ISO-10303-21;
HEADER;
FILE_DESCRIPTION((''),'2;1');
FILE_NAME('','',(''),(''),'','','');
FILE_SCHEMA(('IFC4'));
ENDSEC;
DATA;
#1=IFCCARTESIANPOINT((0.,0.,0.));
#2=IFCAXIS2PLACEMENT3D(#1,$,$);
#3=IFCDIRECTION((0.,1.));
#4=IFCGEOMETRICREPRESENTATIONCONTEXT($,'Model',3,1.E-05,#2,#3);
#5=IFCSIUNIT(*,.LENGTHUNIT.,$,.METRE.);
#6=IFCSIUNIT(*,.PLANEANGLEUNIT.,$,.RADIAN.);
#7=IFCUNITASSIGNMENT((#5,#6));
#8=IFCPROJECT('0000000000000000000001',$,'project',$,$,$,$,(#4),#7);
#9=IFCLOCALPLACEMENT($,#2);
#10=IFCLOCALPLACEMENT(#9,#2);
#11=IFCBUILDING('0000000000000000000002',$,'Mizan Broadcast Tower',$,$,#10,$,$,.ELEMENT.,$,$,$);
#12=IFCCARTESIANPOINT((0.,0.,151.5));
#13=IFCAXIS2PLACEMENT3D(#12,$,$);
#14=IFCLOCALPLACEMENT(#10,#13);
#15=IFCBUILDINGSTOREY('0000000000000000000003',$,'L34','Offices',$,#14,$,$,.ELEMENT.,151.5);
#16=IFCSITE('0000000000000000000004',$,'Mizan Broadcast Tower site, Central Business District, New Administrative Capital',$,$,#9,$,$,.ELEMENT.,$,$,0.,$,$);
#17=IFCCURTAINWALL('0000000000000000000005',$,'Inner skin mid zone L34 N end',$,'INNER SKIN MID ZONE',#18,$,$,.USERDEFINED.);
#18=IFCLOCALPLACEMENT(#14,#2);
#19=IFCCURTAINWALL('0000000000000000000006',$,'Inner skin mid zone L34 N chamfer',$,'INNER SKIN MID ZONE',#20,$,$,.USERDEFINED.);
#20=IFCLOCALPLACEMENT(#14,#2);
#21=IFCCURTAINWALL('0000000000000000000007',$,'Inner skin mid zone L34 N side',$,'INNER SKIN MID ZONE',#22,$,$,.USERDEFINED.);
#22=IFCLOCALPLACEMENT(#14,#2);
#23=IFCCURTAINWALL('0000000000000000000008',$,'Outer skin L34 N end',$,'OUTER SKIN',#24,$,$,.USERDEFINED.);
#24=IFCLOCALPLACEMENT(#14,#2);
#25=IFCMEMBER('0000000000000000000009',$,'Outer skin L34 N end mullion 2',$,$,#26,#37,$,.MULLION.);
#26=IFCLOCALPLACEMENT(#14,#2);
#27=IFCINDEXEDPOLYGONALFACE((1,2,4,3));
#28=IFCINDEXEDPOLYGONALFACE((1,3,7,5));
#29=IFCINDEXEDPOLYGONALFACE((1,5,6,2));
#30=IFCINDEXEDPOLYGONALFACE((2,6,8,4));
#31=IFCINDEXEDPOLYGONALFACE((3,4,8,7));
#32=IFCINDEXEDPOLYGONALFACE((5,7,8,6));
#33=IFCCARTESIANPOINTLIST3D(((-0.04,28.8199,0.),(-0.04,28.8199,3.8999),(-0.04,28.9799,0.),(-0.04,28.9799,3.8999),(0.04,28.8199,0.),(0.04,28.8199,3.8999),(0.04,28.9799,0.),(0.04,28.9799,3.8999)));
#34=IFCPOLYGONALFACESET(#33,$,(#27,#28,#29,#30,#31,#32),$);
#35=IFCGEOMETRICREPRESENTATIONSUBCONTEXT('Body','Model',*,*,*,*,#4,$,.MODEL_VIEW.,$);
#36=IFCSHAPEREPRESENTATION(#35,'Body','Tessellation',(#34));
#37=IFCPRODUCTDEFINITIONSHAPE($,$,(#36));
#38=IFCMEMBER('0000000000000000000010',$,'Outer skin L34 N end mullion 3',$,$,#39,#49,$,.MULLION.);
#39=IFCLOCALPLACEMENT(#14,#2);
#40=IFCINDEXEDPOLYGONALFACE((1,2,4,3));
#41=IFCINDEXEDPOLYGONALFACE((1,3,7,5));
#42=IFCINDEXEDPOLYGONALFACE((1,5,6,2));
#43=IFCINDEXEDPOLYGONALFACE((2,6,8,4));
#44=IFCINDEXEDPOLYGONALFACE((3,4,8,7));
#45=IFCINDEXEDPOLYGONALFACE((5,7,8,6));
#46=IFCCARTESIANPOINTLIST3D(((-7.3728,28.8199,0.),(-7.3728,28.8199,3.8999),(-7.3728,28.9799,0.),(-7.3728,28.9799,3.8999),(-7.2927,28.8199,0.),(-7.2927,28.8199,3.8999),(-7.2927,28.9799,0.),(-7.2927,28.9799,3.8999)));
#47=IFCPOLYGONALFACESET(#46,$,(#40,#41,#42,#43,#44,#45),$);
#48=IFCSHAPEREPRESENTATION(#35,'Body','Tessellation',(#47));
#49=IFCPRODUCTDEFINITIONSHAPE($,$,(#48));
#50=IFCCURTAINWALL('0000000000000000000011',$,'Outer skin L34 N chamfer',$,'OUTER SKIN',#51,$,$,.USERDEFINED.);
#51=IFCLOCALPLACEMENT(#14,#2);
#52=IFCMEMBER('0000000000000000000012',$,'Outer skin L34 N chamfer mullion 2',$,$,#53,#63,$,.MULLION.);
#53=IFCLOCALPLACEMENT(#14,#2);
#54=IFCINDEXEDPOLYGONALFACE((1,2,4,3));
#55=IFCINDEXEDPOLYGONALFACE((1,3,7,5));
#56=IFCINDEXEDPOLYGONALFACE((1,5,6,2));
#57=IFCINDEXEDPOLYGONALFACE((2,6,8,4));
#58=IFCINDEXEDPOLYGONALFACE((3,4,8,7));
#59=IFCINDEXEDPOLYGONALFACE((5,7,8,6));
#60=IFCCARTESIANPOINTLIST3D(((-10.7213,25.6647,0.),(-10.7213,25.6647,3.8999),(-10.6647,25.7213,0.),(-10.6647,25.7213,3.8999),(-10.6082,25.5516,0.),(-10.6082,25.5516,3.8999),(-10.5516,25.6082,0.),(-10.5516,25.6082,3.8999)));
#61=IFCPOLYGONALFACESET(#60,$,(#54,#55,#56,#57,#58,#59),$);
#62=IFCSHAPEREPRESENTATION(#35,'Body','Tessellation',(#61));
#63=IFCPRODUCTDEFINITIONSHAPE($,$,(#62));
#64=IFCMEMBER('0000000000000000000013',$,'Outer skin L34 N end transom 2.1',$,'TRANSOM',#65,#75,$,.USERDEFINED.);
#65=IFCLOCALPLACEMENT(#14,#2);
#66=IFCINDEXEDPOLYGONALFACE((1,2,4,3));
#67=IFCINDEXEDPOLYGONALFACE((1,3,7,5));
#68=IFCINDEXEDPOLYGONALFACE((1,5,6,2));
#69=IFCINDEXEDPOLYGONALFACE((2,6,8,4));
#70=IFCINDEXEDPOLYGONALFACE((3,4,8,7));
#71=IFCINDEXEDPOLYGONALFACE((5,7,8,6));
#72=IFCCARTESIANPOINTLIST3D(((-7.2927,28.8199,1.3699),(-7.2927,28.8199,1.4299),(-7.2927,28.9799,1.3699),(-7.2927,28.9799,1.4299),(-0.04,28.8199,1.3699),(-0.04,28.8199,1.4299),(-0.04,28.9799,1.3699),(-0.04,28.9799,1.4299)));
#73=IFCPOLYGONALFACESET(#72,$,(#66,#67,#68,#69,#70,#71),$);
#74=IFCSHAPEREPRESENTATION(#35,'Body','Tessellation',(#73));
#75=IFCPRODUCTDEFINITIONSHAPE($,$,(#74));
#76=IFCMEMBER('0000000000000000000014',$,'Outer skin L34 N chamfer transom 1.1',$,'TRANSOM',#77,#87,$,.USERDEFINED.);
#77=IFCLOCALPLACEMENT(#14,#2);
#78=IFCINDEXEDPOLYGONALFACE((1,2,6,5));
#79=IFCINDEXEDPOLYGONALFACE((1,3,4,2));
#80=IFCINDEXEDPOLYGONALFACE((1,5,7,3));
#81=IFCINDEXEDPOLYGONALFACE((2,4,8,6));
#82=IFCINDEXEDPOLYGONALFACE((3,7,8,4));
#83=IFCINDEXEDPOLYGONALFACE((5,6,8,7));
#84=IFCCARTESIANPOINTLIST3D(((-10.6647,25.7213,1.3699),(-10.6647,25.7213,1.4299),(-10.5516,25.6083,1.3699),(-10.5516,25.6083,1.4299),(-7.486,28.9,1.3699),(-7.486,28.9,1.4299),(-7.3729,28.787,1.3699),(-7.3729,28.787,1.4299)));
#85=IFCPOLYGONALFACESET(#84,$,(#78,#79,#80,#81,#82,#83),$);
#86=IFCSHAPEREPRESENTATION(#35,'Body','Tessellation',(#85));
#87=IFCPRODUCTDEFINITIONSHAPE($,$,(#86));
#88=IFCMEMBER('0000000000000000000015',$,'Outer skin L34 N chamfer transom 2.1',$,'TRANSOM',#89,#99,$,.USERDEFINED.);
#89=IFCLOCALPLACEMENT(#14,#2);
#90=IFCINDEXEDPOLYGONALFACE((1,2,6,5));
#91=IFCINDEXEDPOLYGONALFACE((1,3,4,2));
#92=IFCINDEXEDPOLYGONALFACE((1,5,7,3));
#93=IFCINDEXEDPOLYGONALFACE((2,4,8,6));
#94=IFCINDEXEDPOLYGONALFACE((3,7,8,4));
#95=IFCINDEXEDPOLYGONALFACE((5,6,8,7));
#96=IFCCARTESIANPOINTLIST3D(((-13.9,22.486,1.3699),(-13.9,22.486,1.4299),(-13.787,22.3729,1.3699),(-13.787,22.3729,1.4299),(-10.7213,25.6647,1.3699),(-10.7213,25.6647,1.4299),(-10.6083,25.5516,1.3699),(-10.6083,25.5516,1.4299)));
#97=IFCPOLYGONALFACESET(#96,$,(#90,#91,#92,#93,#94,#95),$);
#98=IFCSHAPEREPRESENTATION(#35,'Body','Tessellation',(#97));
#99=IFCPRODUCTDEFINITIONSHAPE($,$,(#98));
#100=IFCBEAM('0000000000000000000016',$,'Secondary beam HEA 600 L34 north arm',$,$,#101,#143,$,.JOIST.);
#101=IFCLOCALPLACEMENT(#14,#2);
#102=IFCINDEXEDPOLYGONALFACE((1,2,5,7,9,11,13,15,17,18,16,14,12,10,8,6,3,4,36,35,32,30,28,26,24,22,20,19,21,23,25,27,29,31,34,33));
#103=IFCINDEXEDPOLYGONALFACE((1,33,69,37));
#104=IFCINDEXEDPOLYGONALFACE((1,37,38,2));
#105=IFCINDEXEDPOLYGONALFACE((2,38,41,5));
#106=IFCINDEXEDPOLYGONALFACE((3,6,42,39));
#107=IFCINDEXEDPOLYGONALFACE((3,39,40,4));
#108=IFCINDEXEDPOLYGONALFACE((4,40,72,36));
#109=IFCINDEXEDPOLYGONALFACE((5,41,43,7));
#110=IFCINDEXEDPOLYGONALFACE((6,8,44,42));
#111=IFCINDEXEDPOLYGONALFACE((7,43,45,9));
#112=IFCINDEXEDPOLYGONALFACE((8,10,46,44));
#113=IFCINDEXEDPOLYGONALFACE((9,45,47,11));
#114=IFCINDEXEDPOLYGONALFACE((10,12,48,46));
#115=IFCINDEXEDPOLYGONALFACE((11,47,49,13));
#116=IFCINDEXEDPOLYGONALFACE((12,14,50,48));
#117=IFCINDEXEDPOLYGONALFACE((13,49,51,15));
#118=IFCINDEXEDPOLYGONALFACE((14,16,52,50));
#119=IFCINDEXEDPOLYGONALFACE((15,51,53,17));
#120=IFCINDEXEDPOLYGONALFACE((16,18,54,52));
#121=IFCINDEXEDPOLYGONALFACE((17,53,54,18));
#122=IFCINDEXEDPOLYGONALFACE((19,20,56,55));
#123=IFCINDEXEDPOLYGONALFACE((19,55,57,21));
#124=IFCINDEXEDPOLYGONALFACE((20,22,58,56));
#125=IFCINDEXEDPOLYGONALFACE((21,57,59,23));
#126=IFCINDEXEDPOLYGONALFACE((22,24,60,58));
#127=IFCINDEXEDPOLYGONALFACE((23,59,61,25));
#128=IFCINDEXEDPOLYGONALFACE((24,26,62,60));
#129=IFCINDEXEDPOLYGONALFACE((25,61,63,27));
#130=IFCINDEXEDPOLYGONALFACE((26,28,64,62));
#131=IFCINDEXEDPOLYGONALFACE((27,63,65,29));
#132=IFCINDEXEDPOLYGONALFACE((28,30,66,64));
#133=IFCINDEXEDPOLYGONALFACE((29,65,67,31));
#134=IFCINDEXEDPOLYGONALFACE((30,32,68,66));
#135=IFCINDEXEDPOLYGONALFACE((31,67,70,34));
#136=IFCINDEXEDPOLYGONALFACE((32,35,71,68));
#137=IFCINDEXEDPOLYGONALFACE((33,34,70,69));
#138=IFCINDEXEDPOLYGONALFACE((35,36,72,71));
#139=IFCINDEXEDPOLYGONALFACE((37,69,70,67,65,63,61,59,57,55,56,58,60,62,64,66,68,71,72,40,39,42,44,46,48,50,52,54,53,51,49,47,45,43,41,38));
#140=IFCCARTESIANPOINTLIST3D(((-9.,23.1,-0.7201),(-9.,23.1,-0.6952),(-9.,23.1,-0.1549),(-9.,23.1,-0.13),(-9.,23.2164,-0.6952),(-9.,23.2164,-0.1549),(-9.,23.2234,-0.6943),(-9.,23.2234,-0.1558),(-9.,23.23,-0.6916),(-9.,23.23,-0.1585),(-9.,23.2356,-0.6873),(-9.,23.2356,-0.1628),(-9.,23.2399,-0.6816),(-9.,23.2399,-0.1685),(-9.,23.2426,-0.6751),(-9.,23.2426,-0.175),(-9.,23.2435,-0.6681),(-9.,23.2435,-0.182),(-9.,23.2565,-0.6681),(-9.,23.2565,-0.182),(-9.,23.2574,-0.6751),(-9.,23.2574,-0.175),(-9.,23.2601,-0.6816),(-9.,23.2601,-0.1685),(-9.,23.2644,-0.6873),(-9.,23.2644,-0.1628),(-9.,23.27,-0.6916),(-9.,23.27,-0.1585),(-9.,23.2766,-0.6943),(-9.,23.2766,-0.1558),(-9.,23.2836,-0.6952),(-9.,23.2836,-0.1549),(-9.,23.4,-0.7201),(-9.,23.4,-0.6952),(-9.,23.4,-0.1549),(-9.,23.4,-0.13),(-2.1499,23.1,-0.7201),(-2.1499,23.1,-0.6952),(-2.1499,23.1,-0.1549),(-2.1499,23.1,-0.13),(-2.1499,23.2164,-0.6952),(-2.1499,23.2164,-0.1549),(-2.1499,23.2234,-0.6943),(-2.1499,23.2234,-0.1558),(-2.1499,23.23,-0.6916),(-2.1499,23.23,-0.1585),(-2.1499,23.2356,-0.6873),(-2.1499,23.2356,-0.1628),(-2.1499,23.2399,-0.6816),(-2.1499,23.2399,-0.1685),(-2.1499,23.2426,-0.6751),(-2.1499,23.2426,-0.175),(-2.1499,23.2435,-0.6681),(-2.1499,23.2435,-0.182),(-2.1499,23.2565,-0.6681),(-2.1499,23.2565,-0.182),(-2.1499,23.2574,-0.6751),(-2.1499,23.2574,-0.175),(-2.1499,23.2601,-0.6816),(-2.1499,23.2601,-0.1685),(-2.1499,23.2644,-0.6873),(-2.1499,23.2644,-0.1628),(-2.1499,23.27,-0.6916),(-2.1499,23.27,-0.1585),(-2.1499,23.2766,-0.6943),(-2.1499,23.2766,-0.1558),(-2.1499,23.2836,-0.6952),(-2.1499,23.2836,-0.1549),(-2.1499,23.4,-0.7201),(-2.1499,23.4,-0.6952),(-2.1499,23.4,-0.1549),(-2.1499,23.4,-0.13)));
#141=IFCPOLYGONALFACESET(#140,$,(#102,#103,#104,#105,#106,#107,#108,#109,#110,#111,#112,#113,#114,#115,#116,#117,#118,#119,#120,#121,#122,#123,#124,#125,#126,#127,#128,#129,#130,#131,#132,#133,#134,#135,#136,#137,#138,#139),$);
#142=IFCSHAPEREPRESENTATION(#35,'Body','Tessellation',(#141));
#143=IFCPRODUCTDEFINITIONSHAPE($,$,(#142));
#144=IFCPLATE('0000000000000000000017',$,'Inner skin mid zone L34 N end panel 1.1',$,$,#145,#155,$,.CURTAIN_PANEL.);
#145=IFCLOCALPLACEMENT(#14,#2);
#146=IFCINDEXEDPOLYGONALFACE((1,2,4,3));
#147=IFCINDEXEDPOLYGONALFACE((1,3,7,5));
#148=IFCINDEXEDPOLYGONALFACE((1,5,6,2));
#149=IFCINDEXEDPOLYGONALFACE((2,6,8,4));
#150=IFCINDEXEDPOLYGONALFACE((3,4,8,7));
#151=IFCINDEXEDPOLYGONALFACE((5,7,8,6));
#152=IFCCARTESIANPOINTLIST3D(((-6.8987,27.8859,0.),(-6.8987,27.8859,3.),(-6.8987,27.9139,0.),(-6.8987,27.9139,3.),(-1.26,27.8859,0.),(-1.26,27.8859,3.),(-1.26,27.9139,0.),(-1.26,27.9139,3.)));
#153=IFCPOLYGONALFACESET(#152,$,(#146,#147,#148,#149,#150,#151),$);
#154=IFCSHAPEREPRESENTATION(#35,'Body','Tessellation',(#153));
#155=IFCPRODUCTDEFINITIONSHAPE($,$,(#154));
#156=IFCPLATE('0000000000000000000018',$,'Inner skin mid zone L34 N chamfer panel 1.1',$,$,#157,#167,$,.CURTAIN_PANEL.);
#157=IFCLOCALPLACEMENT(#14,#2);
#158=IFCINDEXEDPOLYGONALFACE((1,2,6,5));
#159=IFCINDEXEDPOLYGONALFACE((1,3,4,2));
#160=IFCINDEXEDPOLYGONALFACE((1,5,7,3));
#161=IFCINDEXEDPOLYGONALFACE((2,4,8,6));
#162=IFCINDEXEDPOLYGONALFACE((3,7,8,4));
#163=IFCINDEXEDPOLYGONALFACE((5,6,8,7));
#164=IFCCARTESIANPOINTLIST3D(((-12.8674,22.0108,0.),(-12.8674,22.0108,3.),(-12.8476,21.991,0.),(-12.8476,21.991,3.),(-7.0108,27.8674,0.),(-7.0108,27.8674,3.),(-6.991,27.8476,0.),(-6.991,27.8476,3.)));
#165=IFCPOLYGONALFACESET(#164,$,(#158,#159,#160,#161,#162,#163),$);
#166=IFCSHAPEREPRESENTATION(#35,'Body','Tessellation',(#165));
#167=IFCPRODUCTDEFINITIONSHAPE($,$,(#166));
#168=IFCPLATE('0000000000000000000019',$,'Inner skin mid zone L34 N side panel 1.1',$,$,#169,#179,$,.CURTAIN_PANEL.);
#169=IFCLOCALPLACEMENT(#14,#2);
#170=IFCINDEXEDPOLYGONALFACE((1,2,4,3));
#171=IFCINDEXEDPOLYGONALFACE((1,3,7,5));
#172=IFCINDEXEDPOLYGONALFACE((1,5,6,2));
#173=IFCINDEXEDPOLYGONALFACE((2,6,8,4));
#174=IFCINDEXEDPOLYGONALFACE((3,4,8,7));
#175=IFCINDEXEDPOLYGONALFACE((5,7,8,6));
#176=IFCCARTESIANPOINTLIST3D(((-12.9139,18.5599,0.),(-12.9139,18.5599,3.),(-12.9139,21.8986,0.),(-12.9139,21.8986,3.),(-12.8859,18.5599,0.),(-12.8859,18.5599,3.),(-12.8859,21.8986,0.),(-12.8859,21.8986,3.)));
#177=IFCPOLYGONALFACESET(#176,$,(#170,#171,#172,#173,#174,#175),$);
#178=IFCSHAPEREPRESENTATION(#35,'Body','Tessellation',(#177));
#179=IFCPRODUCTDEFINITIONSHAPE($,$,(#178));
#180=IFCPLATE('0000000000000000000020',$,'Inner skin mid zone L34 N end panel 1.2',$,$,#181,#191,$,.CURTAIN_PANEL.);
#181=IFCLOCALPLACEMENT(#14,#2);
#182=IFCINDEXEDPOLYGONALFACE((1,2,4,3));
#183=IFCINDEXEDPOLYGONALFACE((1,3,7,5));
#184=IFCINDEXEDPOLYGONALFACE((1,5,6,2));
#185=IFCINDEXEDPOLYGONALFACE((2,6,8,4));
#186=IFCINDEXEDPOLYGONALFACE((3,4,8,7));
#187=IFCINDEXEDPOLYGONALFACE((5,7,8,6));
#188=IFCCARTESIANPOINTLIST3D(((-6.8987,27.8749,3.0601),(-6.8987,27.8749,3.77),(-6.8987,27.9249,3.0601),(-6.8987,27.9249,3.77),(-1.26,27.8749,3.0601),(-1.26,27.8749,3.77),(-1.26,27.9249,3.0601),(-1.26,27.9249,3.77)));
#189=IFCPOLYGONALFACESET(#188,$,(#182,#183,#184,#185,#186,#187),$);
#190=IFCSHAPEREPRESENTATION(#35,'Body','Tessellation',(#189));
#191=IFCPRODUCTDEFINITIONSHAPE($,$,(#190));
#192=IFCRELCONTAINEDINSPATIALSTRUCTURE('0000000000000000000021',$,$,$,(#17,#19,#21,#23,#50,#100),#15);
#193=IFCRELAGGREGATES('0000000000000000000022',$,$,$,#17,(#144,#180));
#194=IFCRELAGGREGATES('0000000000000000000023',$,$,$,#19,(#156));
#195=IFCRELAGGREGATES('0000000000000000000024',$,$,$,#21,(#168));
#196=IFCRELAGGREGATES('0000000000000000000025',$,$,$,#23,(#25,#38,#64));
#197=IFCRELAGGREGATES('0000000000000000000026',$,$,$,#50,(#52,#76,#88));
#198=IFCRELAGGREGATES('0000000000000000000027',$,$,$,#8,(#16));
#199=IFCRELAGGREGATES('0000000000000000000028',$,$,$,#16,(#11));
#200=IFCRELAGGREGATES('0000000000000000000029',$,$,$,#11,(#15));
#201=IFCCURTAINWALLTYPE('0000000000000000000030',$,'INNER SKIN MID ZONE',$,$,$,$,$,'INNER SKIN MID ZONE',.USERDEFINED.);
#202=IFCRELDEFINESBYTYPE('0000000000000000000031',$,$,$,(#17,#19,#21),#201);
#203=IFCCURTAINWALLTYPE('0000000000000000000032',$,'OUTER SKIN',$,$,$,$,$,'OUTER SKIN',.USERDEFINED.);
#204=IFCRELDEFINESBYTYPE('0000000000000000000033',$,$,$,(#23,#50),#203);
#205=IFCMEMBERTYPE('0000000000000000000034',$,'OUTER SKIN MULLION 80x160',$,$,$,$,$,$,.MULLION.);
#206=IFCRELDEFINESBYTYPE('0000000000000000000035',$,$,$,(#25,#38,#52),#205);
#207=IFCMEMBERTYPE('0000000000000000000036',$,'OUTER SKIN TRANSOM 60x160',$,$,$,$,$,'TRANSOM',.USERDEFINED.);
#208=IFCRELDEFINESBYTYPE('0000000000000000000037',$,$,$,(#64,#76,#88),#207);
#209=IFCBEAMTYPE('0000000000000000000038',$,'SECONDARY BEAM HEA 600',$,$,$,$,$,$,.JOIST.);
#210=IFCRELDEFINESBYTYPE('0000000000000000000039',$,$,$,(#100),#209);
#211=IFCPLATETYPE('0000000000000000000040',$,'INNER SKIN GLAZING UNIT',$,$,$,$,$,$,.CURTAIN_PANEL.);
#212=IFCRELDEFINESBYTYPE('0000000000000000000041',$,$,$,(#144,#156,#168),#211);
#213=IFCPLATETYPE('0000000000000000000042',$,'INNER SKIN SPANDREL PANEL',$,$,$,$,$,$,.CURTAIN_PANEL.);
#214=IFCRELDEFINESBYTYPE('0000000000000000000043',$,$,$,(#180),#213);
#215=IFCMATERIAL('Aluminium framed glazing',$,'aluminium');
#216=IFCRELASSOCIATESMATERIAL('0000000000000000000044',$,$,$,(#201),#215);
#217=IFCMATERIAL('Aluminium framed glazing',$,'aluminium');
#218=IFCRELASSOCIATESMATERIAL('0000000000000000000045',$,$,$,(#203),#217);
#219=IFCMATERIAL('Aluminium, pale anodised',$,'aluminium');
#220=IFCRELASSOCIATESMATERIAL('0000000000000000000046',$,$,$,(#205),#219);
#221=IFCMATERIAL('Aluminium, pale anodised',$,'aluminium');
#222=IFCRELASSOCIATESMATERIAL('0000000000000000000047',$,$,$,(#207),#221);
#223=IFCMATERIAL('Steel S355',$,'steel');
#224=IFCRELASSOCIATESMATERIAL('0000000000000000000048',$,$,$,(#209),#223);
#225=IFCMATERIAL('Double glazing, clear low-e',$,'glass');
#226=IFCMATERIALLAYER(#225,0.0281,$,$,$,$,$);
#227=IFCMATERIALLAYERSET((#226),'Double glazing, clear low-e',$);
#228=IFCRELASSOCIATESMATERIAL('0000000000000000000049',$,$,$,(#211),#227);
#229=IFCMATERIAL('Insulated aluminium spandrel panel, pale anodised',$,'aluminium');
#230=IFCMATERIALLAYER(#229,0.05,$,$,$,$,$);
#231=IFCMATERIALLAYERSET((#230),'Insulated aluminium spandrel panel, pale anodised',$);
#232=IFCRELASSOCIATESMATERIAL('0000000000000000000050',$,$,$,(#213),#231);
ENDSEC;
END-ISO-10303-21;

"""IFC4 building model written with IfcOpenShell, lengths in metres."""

from ifc_helpers import new_model, si_unit, direction, frame, origin, origin_2d, place, context, subcontext, project, spatial, rectangle, i_section, extrude, material, layer, layer_set, material_profile, profile_set, type_object, element, aggregate, save


model = new_model("IFC4")

# Units and contexts
model_context = context("Model", 3, precision=1e-05, world=origin(), true_north=direction((0.0, 1.0)))
body_context = subcontext(model_context, "Body", "Model", "MODEL_VIEW")
ifc_project = project(units=[si_unit("LENGTHUNIT", "METRE"), si_unit("PLANEANGLEUNIT", "RADIAN")], contexts=[model_context])

# Site, building, storey
site_placement = place(None, origin())
site = spatial("IfcSite", under=ifc_project, at=site_placement, Name="Mizan Broadcast Tower site, Central Business District, New Administrative Capital", CompositionType="ELEMENT", RefElevation=0.0)
building_placement = place(site_placement, origin())
building = spatial("IfcBuilding", under=site, at=building_placement, Name="Mizan Broadcast Tower", CompositionType="ELEMENT")
storey_placement = place(building_placement, frame((0.0, 0.0, 151.5)))
storey = spatial("IfcBuildingStorey", under=building, at=storey_placement, Name="L34", Description="Offices", CompositionType="ELEMENT", Elevation=151.5)

# Curtain wall
ifc_material_1 = material(Name="Aluminium framed glazing", Category="aluminium")
curtain_wall_type_1 = type_object("IfcCurtainWallType", Name="INNER SKIN MID ZONE", ElementType="INNER SKIN MID ZONE", PredefinedType="USERDEFINED", material=ifc_material_1)
curtain_wall_1_placement = place(storey_placement, origin())
curtain_wall_1 = element("IfcCurtainWall", 1, at=curtain_wall_1_placement, inside=storey, type_object=curtain_wall_type_1, Name="Inner skin mid zone L34 N end", ObjectType="INNER SKIN MID ZONE", PredefinedType="USERDEFINED")

# Curtain wall
curtain_wall_2_placement = place(storey_placement, origin())
curtain_wall_2 = element("IfcCurtainWall", 2, at=curtain_wall_2_placement, inside=storey, type_object=curtain_wall_type_1, Name="Inner skin mid zone L34 N chamfer", ObjectType="INNER SKIN MID ZONE", PredefinedType="USERDEFINED")

# Curtain wall
curtain_wall_3_placement = place(storey_placement, origin())
curtain_wall_3 = element("IfcCurtainWall", 3, at=curtain_wall_3_placement, inside=storey, type_object=curtain_wall_type_1, Name="Inner skin mid zone L34 N side", ObjectType="INNER SKIN MID ZONE", PredefinedType="USERDEFINED")

# Curtain wall, members
ifc_material_2 = material(Name="Aluminium framed glazing", Category="aluminium")
curtain_wall_type_2 = type_object("IfcCurtainWallType", Name="OUTER SKIN", ElementType="OUTER SKIN", PredefinedType="USERDEFINED", material=ifc_material_2)
curtain_wall_4_placement = place(storey_placement, origin())
curtain_wall_4 = element("IfcCurtainWall", 4, at=curtain_wall_4_placement, inside=storey, type_object=curtain_wall_type_2, Name="Outer skin L34 N end", ObjectType="OUTER SKIN", PredefinedType="USERDEFINED")
ifc_material_3 = material(Name="Aluminium, pale anodised", Category="aluminium")
ifc_material_profile_1 = material_profile(ifc_material_3, rectangle(XDim=0.1599, YDim=0.0801, at=origin_2d()), Name="MULLION 160x80")
ifc_profile_set_1 = profile_set([ifc_material_profile_1], Name="Aluminium, pale anodised")
member_type_1 = type_object("IfcMemberType", Name="OUTER SKIN MULLION 80x160", PredefinedType="MULLION", material=ifc_profile_set_1)
member_1_placement = place(storey_placement, frame((0.0, 28.8999, 0.0), z_axis=(0.0, 0.0, 1.0), x_axis=(0.0, -1.0, 0.0)))
member_1 = element("IfcMember", 5, at=member_1_placement, type_object=member_type_1, Name="Outer skin L34 N end mullion 2", PredefinedType="MULLION", context=body_context, shape_type="SweptSolid", body=[
    extrude(rectangle(XDim=0.1599, YDim=0.0801, at=origin_2d()), origin(), (0.0, 0.0, 1.0), 3.8999),
])
member_2_placement = place(storey_placement, frame((-7.3328, 28.8999, 0.0), z_axis=(0.0, 0.0, 1.0), x_axis=(0.0, -1.0, 0.0)))
member_2 = element("IfcMember", 6, at=member_2_placement, type_object=member_type_1, Name="Outer skin L34 N end mullion 3", PredefinedType="MULLION", context=body_context, shape_type="SweptSolid", body=[
    extrude(rectangle(XDim=0.1599, YDim=0.0801, at=origin_2d()), origin(), (0.0, 0.0, 1.0), 3.8999),
])

# Curtain wall, member
curtain_wall_5_placement = place(storey_placement, origin())
curtain_wall_5 = element("IfcCurtainWall", 7, at=curtain_wall_5_placement, inside=storey, type_object=curtain_wall_type_2, Name="Outer skin L34 N chamfer", ObjectType="OUTER SKIN", PredefinedType="USERDEFINED")
member_3_placement = place(storey_placement, frame((-10.6365, 25.6365, 0.0), z_axis=(0.0, 0.0, 1.0), x_axis=(0.707107, -0.707107, 0.0)))
member_3 = element("IfcMember", 8, at=member_3_placement, type_object=member_type_1, Name="Outer skin L34 N chamfer mullion 2", PredefinedType="MULLION", context=body_context, shape_type="SweptSolid", body=[
    extrude(rectangle(XDim=0.1599, YDim=0.0801, at=origin_2d()), origin(), (0.0, 0.0, 1.0), 3.8999),
])

# Members
ifc_material_4 = material(Name="Aluminium, pale anodised", Category="aluminium")
ifc_material_profile_2 = material_profile(ifc_material_4, rectangle(XDim=0.1599, YDim=0.0601, at=origin_2d()), Name="TRANSOM 160x60")
ifc_profile_set_2 = profile_set([ifc_material_profile_2], Name="Aluminium, pale anodised")
member_type_2 = type_object("IfcMemberType", Name="OUTER SKIN TRANSOM 60x160", ElementType="TRANSOM", PredefinedType="USERDEFINED", material=ifc_profile_set_2)
member_4_placement = place(storey_placement, frame((-0.04, 28.8999, 1.3999), z_axis=(-1.0, 0.0, 0.0), x_axis=(0.0, -1.0, 0.0)))
member_4 = element("IfcMember", 9, at=member_4_placement, type_object=member_type_2, Name="Outer skin L34 N end transom 2.1", ObjectType="TRANSOM", PredefinedType="USERDEFINED", context=body_context, shape_type="SweptSolid", body=[
    extrude(rectangle(XDim=0.1599, YDim=0.0601, at=origin_2d()), origin(), (0.0, 0.0, 1.0), 7.2527),
])
member_5_placement = place(storey_placement, frame((-7.4294, 28.8435, 1.3999), z_axis=(-0.707107, -0.707107, 0.0), x_axis=(0.707107, -0.707107, 0.0)))
member_5 = element("IfcMember", 10, at=member_5_placement, type_object=member_type_2, Name="Outer skin L34 N chamfer transom 1.1", ObjectType="TRANSOM", PredefinedType="USERDEFINED", context=body_context, shape_type="SweptSolid", body=[
    extrude(rectangle(XDim=0.1599, YDim=0.0601, at=origin_2d()), origin(), (0.0, 0.0, 1.0), 4.4954),
])
member_6_placement = place(storey_placement, frame((-10.6648, 25.6082, 1.3999), z_axis=(-0.707107, -0.707107, 0.0), x_axis=(0.707107, -0.707107, 0.0)))
member_6 = element("IfcMember", 11, at=member_6_placement, type_object=member_type_2, Name="Outer skin L34 N chamfer transom 2.1", ObjectType="TRANSOM", PredefinedType="USERDEFINED", context=body_context, shape_type="SweptSolid", body=[
    extrude(rectangle(XDim=0.1599, YDim=0.0601, at=origin_2d()), origin(), (0.0, 0.0, 1.0), 4.4954),
])

# Beam
ifc_material_5 = material(Name="Steel S355", Category="steel")
ifc_material_profile_3 = material_profile(ifc_material_5, i_section(OverallWidth=0.3, OverallDepth=0.5901, WebThickness=0.0129, FlangeThickness=0.0249, FilletRadius=0.0271, at=origin_2d()), Name="HEA 600")
ifc_profile_set_3 = profile_set([ifc_material_profile_3], Name="Steel S355")
beam_type_1 = type_object("IfcBeamType", Name="SECONDARY BEAM HEA 600", PredefinedType="JOIST", material=ifc_profile_set_3)
beam_1_placement = place(storey_placement, frame((-9.0, 23.25, -0.425), z_axis=(1.0, 0.0, 0.0), x_axis=(0.0, 1.0, 0.0)))
element("IfcBeam", 12, at=beam_1_placement, inside=storey, type_object=beam_type_1, Name="Secondary beam HEA 600 L34 north arm", PredefinedType="JOIST", context=body_context, shape_type="SweptSolid", body=[
    extrude(i_section(OverallWidth=0.3, OverallDepth=0.5901, WebThickness=0.0129, FlangeThickness=0.0249, FilletRadius=0.0271, at=origin_2d()), origin(), (0.0, 0.0, 1.0), 6.8501),
])

# Plates
ifc_material_6 = material(Name="Double glazing, clear low-e", Category="glass")
ifc_layer_1 = layer(ifc_material_6, 0.0281)
ifc_layer_set_1 = layer_set([ifc_layer_1], Name="Double glazing, clear low-e")
plate_type_1 = type_object("IfcPlateType", Name="INNER SKIN GLAZING UNIT", PredefinedType="CURTAIN_PANEL", material=ifc_layer_set_1)
plate_1_placement = place(storey_placement, frame((-4.0793, 27.8999, 0.0), z_axis=(0.0, 0.0, 1.0), x_axis=(-1.0, 0.0, 0.0)))
plate_1 = element("IfcPlate", 13, at=plate_1_placement, type_object=plate_type_1, Name="Inner skin mid zone L34 N end panel 1.1", PredefinedType="CURTAIN_PANEL", context=body_context, shape_type="SweptSolid", body=[
    extrude(rectangle(XDim=5.6387, YDim=0.0281, at=origin_2d()), origin(), (0.0, 0.0, 1.0), 3.0),
])
plate_2_placement = place(storey_placement, frame((-9.9292, 24.9292, 0.0), z_axis=(0.0, 0.0, 1.0), x_axis=(-0.707107, -0.707107, 0.0)))
plate_2 = element("IfcPlate", 14, at=plate_2_placement, type_object=plate_type_1, Name="Inner skin mid zone L34 N chamfer panel 1.1", PredefinedType="CURTAIN_PANEL", context=body_context, shape_type="SweptSolid", body=[
    extrude(rectangle(XDim=8.2825, YDim=0.0281, at=origin_2d()), origin(), (0.0, 0.0, 1.0), 3.0),
])
plate_3_placement = place(storey_placement, frame((-12.8999, 20.2292, 0.0), z_axis=(0.0, 0.0, 1.0), x_axis=(0.0, -1.0, 0.0)))
plate_3 = element("IfcPlate", 15, at=plate_3_placement, type_object=plate_type_1, Name="Inner skin mid zone L34 N side panel 1.1", PredefinedType="CURTAIN_PANEL", context=body_context, shape_type="SweptSolid", body=[
    extrude(rectangle(XDim=3.3386, YDim=0.0281, at=origin_2d()), origin(), (0.0, 0.0, 1.0), 3.0),
])
ifc_material_7 = material(Name="Insulated aluminium spandrel panel, pale anodised", Category="aluminium")
ifc_layer_2 = layer(ifc_material_7, 0.05)
ifc_layer_set_2 = layer_set([ifc_layer_2], Name="Insulated aluminium spandrel panel, pale anodised")
plate_type_2 = type_object("IfcPlateType", Name="INNER SKIN SPANDREL PANEL", PredefinedType="CURTAIN_PANEL", material=ifc_layer_set_2)
plate_4_placement = place(storey_placement, frame((-4.0793, 27.8999, 3.0601), z_axis=(0.0, 0.0, 1.0), x_axis=(-1.0, 0.0, 0.0)))
plate_4 = element("IfcPlate", 16, at=plate_4_placement, type_object=plate_type_2, Name="Inner skin mid zone L34 N end panel 1.2", PredefinedType="CURTAIN_PANEL", context=body_context, shape_type="SweptSolid", body=[
    extrude(rectangle(XDim=5.6387, YDim=0.05, at=origin_2d()), origin(), (0.0, 0.0, 1.0), 0.71),
])
aggregate(curtain_wall_1, [plate_1, plate_4])
aggregate(curtain_wall_2, [plate_2])
aggregate(curtain_wall_3, [plate_3])
aggregate(curtain_wall_4, [member_1, member_2, member_4])
aggregate(curtain_wall_5, [member_3, member_5, member_6])

save(model, "model.ifc")
